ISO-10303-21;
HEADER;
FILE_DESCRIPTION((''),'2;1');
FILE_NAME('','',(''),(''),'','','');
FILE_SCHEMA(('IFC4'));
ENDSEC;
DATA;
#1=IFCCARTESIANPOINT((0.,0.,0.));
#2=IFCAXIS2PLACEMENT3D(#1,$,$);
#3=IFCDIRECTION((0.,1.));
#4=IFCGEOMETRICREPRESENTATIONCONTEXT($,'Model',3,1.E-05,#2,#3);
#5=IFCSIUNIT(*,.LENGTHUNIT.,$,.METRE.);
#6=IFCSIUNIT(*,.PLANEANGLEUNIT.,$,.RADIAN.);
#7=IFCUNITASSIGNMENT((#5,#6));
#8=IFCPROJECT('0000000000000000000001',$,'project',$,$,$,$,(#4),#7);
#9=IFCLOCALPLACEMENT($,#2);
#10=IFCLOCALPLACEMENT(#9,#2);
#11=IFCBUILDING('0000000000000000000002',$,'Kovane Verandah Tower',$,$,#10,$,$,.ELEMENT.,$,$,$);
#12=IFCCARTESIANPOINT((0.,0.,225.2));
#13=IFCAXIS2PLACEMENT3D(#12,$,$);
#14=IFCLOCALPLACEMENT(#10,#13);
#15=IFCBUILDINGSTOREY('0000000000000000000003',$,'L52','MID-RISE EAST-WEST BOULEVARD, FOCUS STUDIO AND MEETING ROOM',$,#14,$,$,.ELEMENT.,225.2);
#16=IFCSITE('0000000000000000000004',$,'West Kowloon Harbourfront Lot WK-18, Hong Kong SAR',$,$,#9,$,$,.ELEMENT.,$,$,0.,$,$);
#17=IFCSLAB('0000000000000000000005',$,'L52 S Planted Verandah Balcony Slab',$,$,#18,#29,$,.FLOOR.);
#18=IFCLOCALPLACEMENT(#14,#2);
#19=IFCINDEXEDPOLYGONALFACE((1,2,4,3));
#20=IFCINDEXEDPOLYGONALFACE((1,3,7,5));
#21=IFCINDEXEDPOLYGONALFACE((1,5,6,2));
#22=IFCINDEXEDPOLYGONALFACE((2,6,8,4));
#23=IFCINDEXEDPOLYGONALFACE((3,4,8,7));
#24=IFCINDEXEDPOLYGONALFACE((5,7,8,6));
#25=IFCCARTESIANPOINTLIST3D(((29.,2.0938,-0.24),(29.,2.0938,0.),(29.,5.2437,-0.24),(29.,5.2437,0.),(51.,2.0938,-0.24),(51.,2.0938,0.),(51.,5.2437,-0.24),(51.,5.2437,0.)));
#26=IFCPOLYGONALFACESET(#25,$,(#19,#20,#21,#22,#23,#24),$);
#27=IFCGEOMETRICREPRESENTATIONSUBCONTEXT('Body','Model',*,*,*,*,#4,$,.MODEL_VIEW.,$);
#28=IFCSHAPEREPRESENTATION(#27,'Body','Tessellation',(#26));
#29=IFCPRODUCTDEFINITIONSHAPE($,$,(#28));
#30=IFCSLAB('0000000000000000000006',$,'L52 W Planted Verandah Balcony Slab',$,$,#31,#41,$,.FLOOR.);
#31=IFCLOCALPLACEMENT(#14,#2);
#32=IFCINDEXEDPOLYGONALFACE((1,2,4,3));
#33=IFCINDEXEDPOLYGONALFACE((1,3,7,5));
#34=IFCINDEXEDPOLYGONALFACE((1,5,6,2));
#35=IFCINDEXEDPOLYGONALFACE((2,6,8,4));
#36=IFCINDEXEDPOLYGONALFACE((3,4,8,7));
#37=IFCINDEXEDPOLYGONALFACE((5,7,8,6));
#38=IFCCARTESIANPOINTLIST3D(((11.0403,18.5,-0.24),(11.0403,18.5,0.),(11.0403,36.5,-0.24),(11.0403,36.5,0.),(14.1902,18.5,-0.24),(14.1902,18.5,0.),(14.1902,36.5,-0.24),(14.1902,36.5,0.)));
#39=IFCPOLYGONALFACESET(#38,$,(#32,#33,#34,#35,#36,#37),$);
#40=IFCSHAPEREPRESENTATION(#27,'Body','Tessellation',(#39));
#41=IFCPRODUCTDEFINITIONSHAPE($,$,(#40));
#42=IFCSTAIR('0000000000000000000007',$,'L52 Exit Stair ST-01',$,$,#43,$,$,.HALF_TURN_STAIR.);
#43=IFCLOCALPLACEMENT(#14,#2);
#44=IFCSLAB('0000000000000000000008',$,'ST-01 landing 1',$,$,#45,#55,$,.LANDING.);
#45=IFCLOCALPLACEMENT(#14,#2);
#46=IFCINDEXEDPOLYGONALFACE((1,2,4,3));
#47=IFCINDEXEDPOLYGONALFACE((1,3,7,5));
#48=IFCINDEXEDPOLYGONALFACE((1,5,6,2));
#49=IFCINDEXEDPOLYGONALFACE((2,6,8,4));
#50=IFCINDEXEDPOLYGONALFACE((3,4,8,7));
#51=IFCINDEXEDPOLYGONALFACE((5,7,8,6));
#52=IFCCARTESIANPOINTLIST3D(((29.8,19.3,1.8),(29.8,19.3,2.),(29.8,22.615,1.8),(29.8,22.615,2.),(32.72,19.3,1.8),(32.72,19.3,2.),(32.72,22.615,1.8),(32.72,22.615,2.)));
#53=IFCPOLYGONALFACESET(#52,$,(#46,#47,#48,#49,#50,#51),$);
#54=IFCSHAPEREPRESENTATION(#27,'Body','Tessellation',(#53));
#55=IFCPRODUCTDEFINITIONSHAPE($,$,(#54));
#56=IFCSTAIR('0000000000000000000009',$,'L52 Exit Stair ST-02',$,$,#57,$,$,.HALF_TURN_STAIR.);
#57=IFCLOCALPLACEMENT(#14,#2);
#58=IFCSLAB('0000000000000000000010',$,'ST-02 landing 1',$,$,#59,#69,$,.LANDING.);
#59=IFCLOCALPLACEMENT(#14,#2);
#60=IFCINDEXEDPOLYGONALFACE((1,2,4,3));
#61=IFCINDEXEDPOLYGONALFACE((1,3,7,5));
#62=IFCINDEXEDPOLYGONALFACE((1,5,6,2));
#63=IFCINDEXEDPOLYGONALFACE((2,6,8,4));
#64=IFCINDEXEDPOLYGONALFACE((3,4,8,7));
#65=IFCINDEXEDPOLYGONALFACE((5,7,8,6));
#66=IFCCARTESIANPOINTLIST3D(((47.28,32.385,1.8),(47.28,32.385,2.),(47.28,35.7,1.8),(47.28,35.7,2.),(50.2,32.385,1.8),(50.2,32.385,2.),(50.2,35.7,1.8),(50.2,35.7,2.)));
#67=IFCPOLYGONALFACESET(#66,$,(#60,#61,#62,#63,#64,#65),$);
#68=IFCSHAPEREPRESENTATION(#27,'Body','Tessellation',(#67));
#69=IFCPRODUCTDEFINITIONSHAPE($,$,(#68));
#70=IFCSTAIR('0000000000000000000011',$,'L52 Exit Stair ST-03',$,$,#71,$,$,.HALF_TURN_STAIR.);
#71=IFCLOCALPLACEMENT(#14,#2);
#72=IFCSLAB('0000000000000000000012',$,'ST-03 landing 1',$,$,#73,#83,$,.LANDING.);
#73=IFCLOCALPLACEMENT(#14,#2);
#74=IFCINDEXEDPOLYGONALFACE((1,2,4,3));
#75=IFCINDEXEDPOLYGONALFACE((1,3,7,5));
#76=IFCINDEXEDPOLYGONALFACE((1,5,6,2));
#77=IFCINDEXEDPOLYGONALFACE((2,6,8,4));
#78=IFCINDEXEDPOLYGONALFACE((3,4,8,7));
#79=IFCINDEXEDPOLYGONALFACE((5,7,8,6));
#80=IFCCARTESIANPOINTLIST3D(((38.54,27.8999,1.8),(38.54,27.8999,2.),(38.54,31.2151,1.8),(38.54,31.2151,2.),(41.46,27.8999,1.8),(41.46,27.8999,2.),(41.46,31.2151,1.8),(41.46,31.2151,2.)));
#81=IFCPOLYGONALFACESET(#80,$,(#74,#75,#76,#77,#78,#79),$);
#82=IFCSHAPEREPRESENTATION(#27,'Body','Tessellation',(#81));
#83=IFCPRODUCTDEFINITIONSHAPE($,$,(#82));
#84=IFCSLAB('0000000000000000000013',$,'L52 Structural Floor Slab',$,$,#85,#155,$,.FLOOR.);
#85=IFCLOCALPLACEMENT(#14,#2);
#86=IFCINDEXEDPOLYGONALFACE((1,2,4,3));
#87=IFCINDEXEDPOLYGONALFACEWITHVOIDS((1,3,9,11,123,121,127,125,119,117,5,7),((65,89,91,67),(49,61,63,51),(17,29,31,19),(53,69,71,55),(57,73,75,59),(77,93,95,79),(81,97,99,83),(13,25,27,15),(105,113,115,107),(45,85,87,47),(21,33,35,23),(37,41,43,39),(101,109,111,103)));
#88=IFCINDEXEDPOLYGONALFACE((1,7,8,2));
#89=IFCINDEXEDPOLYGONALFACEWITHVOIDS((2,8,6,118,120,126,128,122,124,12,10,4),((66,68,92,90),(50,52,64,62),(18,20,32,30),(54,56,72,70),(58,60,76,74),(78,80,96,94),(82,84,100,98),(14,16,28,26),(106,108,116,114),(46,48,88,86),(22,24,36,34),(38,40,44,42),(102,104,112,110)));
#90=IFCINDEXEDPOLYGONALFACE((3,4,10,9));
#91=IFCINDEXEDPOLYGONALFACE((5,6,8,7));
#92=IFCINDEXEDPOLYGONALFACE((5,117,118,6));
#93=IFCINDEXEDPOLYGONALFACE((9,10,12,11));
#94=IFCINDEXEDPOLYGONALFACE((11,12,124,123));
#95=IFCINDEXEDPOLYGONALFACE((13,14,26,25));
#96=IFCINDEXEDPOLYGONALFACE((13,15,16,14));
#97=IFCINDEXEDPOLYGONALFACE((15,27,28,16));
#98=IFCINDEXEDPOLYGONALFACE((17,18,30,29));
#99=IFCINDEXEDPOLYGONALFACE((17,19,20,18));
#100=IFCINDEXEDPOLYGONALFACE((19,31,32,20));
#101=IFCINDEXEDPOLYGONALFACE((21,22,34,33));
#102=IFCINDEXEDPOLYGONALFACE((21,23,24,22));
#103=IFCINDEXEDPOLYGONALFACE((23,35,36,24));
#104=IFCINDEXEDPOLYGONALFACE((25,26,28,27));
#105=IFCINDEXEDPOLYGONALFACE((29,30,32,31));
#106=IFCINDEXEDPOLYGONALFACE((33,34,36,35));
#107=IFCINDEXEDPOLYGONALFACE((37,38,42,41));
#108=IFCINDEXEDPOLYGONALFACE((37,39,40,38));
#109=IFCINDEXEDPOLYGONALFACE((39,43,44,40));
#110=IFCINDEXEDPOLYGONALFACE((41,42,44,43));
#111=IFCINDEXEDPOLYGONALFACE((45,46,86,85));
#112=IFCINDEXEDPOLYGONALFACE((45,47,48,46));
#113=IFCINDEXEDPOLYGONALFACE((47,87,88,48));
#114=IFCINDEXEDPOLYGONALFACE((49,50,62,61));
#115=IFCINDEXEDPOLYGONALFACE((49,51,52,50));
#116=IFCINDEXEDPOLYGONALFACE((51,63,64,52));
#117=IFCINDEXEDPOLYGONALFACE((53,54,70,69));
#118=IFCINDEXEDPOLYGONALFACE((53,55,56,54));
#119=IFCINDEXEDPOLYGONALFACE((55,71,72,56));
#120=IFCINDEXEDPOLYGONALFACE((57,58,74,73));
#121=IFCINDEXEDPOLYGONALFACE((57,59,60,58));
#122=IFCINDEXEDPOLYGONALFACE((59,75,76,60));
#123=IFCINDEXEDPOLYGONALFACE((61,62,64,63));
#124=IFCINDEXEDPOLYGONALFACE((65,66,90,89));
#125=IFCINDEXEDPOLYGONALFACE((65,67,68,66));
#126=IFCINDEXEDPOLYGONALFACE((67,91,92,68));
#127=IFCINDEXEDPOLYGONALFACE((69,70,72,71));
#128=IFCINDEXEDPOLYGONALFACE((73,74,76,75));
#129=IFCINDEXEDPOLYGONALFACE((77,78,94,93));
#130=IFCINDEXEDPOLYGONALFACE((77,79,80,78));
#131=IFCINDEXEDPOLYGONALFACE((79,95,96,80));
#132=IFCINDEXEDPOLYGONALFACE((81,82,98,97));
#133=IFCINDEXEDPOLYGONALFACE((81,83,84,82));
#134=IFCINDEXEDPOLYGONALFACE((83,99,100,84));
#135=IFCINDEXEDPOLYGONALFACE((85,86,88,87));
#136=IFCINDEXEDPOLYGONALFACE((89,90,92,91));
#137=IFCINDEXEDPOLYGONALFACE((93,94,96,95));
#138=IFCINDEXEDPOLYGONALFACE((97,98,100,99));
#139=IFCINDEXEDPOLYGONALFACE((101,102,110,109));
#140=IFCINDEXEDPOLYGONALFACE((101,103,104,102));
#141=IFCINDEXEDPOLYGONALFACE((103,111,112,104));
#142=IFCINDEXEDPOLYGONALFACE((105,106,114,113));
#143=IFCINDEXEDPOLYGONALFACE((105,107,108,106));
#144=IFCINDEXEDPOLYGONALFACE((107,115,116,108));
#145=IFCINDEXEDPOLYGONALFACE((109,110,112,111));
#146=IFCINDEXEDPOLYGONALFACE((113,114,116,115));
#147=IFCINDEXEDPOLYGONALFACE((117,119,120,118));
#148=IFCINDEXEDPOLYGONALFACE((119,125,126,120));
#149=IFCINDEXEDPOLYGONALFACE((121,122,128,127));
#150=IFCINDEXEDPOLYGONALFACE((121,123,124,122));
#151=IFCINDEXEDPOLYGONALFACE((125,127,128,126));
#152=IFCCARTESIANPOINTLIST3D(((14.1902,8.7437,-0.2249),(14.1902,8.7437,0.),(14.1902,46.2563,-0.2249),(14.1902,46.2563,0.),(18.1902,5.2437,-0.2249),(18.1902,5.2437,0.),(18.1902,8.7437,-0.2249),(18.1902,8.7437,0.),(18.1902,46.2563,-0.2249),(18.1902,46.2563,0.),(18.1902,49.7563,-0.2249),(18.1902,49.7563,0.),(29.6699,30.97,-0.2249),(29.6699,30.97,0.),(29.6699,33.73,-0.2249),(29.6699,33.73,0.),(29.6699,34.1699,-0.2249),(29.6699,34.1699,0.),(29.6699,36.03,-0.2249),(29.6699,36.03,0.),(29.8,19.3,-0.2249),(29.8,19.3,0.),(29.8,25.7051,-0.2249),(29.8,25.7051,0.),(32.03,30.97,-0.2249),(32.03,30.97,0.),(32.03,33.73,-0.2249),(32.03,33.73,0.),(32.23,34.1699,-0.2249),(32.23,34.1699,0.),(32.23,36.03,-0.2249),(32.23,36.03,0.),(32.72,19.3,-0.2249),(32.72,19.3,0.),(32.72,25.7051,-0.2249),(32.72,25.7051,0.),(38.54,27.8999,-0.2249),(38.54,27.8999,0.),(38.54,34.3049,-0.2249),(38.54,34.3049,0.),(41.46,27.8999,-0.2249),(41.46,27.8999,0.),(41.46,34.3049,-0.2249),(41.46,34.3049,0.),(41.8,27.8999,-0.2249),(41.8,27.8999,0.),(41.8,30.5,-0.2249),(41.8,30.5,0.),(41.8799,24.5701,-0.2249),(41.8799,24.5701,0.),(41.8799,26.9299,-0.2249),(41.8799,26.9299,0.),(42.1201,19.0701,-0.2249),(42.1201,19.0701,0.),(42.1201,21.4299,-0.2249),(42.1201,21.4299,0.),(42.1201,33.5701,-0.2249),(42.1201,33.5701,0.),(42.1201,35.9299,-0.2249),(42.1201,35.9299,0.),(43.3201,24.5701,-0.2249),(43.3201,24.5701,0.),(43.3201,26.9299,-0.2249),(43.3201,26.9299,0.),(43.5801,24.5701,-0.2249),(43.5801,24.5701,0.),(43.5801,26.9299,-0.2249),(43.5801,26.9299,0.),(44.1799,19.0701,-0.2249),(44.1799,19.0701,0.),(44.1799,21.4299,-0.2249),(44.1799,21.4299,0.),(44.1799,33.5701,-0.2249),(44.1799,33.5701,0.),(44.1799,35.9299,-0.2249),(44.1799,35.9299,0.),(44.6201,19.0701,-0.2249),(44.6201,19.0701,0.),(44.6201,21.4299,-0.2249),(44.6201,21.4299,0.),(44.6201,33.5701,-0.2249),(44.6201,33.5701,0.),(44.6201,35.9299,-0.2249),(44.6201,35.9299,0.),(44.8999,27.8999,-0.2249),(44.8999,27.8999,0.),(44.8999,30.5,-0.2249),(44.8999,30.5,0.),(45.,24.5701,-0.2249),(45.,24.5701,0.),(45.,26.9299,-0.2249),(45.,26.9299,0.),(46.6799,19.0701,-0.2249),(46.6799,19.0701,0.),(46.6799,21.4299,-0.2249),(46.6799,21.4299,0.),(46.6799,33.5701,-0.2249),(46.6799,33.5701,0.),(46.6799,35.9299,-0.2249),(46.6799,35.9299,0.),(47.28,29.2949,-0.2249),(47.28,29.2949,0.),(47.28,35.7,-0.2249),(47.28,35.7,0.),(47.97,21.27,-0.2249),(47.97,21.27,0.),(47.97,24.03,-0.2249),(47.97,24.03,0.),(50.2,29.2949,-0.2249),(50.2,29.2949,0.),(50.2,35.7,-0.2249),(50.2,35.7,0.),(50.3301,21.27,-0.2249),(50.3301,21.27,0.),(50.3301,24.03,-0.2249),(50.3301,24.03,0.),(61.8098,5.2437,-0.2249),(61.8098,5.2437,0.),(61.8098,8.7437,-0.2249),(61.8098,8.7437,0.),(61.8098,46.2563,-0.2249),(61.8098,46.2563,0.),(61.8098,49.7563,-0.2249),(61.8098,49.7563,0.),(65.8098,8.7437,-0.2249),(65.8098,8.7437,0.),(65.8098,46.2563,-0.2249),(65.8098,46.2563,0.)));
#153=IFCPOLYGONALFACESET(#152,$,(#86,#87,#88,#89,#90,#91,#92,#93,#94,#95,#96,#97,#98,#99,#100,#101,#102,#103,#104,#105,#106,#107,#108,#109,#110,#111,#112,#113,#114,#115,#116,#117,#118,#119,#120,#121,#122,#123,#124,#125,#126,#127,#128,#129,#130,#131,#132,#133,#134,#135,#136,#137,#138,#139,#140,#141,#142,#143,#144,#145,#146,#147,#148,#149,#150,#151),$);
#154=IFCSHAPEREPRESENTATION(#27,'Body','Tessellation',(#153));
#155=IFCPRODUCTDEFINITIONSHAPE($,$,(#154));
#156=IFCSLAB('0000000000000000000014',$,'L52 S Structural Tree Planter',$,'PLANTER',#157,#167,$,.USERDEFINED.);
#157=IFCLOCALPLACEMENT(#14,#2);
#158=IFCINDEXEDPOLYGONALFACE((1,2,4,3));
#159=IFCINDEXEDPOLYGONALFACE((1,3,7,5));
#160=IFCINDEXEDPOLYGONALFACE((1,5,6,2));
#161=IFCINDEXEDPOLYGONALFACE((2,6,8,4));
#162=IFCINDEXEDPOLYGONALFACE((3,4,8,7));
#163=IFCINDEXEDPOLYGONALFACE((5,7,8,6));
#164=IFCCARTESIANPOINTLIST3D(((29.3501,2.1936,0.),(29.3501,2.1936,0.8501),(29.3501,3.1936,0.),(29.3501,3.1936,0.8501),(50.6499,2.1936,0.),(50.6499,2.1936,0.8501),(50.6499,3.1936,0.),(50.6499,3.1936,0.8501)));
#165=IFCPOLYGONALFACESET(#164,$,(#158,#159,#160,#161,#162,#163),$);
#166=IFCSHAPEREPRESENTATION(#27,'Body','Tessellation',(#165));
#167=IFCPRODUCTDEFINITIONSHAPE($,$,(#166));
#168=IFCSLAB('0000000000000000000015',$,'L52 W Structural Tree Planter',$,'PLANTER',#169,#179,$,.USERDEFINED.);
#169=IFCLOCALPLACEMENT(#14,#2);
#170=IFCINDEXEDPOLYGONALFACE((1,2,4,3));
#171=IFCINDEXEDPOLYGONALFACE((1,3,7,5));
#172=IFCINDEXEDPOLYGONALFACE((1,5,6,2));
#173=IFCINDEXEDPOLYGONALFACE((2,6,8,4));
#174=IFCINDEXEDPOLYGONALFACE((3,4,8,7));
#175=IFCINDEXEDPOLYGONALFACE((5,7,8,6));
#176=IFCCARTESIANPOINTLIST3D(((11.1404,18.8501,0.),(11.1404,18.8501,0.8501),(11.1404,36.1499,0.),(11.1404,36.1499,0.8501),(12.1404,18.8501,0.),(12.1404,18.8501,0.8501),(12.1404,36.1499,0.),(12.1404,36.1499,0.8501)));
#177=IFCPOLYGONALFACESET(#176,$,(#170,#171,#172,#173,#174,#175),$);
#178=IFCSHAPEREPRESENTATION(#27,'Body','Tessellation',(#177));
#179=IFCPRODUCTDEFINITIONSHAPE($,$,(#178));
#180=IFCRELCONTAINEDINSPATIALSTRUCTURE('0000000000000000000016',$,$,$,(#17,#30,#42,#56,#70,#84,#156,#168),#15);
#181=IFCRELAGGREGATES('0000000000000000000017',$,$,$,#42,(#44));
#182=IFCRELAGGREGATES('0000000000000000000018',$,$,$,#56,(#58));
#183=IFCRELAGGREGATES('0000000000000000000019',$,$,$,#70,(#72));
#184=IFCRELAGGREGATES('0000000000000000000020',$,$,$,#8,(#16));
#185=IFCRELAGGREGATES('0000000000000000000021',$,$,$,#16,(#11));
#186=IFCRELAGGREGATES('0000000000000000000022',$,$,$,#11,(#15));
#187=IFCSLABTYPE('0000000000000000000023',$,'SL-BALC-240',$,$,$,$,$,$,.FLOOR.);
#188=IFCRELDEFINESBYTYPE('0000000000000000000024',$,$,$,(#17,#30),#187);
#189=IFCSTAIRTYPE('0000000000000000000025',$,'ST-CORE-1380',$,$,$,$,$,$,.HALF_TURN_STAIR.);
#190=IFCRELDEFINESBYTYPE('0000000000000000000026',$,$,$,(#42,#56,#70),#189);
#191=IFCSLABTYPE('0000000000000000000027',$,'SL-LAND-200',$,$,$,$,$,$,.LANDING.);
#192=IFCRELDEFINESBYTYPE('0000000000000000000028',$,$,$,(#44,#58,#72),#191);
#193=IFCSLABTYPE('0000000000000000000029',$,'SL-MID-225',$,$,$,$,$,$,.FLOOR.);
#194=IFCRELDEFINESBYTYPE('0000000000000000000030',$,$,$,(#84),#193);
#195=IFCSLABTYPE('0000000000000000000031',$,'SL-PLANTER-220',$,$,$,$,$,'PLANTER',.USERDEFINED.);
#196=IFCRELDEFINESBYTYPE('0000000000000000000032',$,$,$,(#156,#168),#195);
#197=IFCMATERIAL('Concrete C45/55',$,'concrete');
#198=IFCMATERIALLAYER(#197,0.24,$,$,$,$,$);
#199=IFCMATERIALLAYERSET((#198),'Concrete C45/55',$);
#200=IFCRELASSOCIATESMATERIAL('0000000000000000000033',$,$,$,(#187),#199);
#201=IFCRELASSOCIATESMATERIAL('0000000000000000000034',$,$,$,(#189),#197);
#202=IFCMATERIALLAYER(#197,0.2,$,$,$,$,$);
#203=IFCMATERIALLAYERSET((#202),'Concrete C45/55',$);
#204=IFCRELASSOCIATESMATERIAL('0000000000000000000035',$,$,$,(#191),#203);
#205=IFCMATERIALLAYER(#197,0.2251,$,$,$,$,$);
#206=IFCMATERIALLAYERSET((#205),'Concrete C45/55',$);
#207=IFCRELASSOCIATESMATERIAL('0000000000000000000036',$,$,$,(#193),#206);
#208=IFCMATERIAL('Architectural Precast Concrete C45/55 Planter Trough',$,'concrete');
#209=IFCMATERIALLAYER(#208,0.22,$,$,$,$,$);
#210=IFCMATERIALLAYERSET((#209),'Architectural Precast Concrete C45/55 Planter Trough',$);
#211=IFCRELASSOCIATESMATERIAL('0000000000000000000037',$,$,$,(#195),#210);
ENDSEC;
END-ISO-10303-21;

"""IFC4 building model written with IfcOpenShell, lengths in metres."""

from ifc_helpers import new_model, si_unit, direction, frame, origin, place, context, subcontext, project, spatial, polyline, outline, extrude, material, layer, layer_set, type_object, element, aggregate, save


model = new_model("IFC4")

# Units and contexts
model_context = context("Model", 3, precision=1e-05, world=origin(), true_north=direction((0.0, 1.0)))
body_context = subcontext(model_context, "Body", "Model", "MODEL_VIEW")
ifc_project = project(units=[si_unit("LENGTHUNIT", "METRE"), si_unit("PLANEANGLEUNIT", "RADIAN")], contexts=[model_context])

# Site, building, storey
site_placement = place(None, origin())
site = spatial("IfcSite", under=ifc_project, at=site_placement, Name="West Kowloon Harbourfront Lot WK-18, Hong Kong SAR", CompositionType="ELEMENT", RefElevation=0.0)
building_placement = place(site_placement, origin())
building = spatial("IfcBuilding", under=site, at=building_placement, Name="Kovane Verandah Tower", CompositionType="ELEMENT")
storey_placement = place(building_placement, frame((0.0, 0.0, 225.2)))
storey = spatial("IfcBuildingStorey", under=building, at=storey_placement, Name="L52", Description="MID-RISE EAST-WEST BOULEVARD, FOCUS STUDIO AND MEETING ROOM", CompositionType="ELEMENT", Elevation=225.2)

# Slabs
ifc_material_1 = material(Name="Concrete C45/55", Category="concrete")
ifc_layer_1 = layer(ifc_material_1, 0.24)
ifc_layer_set_1 = layer_set([ifc_layer_1], Name="Concrete C45/55")
slab_type_1 = type_object("IfcSlabType", Name="SL-BALC-240", PredefinedType="FLOOR", material=ifc_layer_set_1)
slab_1_placement = place(storey_placement, frame((0.0, 0.0, -0.24)))
element("IfcSlab", 1, at=slab_1_placement, inside=storey, type_object=slab_type_1, Name="L52 S Planted Verandah Balcony Slab", PredefinedType="FLOOR", context=body_context, shape_type="SweptSolid", body=[
    extrude(outline(polyline([(29.0, 2.0938), (51.0, 2.0938), (51.0, 5.2437), (29.0, 5.2437), (29.0, 2.0938)])), origin(), (0.0, 0.0, 1.0), 0.24),
])
slab_2_placement = place(storey_placement, frame((0.0, 0.0, -0.24)))
element("IfcSlab", 2, at=slab_2_placement, inside=storey, type_object=slab_type_1, Name="L52 W Planted Verandah Balcony Slab", PredefinedType="FLOOR", context=body_context, shape_type="SweptSolid", body=[
    extrude(outline(polyline([(11.0403, 18.5), (14.1902, 18.5), (14.1902, 36.5), (11.0403, 36.5), (11.0403, 18.5)])), origin(), (0.0, 0.0, 1.0), 0.24),
])

# Stairs, slabs
stair_type = type_object("IfcStairType", Name="ST-CORE-1380", PredefinedType="HALF_TURN_STAIR", material=ifc_material_1)
stair_1_placement = place(storey_placement, origin())
stair_1 = element("IfcStair", 3, at=stair_1_placement, inside=storey, type_object=stair_type, Name="L52 Exit Stair ST-01", PredefinedType="HALF_TURN_STAIR")
ifc_layer_2 = layer(ifc_material_1, 0.2)
ifc_layer_set_2 = layer_set([ifc_layer_2], Name="Concrete C45/55")
slab_type_2 = type_object("IfcSlabType", Name="SL-LAND-200", PredefinedType="LANDING", material=ifc_layer_set_2)
slab_3_placement = place(storey_placement, frame((0.0, 0.0, 1.8)))
slab_3 = element("IfcSlab", 4, at=slab_3_placement, type_object=slab_type_2, Name="ST-01 landing 1", PredefinedType="LANDING", context=body_context, shape_type="SweptSolid", body=[
    extrude(outline(polyline([(29.8, 22.615), (29.8, 19.3), (32.72, 19.3), (32.72, 22.615), (29.8, 22.615)])), origin(), (0.0, 0.0, 1.0), 0.2),
])
aggregate(stair_1, [slab_3])
stair_2_placement = place(storey_placement, origin())
stair_2 = element("IfcStair", 5, at=stair_2_placement, inside=storey, type_object=stair_type, Name="L52 Exit Stair ST-02", PredefinedType="HALF_TURN_STAIR")
slab_4_placement = place(storey_placement, frame((0.0, 0.0, 1.8)))
slab_4 = element("IfcSlab", 6, at=slab_4_placement, type_object=slab_type_2, Name="ST-02 landing 1", PredefinedType="LANDING", context=body_context, shape_type="SweptSolid", body=[
    extrude(outline(polyline([(50.2, 32.385), (50.2, 35.7), (47.28, 35.7), (47.28, 32.385), (50.2, 32.385)])), origin(), (0.0, 0.0, 1.0), 0.2),
])
aggregate(stair_2, [slab_4])
stair_3_placement = place(storey_placement, origin())
stair_3 = element("IfcStair", 7, at=stair_3_placement, inside=storey, type_object=stair_type, Name="L52 Exit Stair ST-03", PredefinedType="HALF_TURN_STAIR")
slab_5_placement = place(storey_placement, frame((0.0, 0.0, 1.8)))
slab_5 = element("IfcSlab", 8, at=slab_5_placement, type_object=slab_type_2, Name="ST-03 landing 1", PredefinedType="LANDING", context=body_context, shape_type="SweptSolid", body=[
    extrude(outline(polyline([(38.54, 31.2151), (38.54, 27.8999), (41.46, 27.8999), (41.46, 31.2151), (38.54, 31.2151)])), origin(), (0.0, 0.0, 1.0), 0.2),
])
aggregate(stair_3, [slab_5])

# Slabs
ifc_layer_3 = layer(ifc_material_1, 0.2251)
ifc_layer_set_3 = layer_set([ifc_layer_3], Name="Concrete C45/55")
slab_type_3 = type_object("IfcSlabType", Name="SL-MID-225", PredefinedType="FLOOR", material=ifc_layer_set_3)
slab_6_placement = place(storey_placement, frame((0.0, 0.0, -0.2249)))
element("IfcSlab", 9, at=slab_6_placement, inside=storey, type_object=slab_type_3, Name="L52 Structural Floor Slab", PredefinedType="FLOOR", context=body_context, shape_type="SweptSolid", body=[
    extrude(outline(polyline([(18.1902, 5.2437), (61.8098, 5.2437), (61.8098, 8.7437), (65.8098, 8.7437), (65.8098, 46.2563), (61.8098, 46.2563), (61.8098, 49.7563), (18.1902, 49.7563), (18.1902, 46.2563), (14.1902, 46.2563), (14.1902, 8.7437), (18.1902, 8.7437), (18.1902, 5.2437)]), holes=[polyline([(29.8, 19.3), (32.72, 19.3), (32.72, 25.7051), (29.8, 25.7051), (29.8, 19.3)]), polyline([(47.28, 29.2949), (50.2, 29.2949), (50.2, 35.7), (47.28, 35.7), (47.28, 29.2949)]), polyline([(38.54, 27.8999), (41.46, 27.8999), (41.46, 34.3049), (38.54, 34.3049), (38.54, 27.8999)]), polyline([(29.6699, 30.97), (32.03, 30.97), (32.03, 33.73), (29.6699, 33.73), (29.6699, 30.97)]), polyline([(47.97, 21.27), (50.3301, 21.27), (50.3301, 24.03), (47.97, 24.03), (47.97, 21.27)]), polyline([(29.6699, 34.1699), (32.23, 34.1699), (32.23, 36.03), (29.6699, 36.03), (29.6699, 34.1699)]), polyline([(42.1201, 19.0701), (44.1799, 19.0701), (44.1799, 21.4299), (42.1201, 21.4299), (42.1201, 19.0701)]), polyline([(44.6201, 19.0701), (46.6799, 19.0701), (46.6799, 21.4299), (44.6201, 21.4299), (44.6201, 19.0701)]), polyline([(41.8799, 24.5701), (43.3201, 24.5701), (43.3201, 26.9299), (41.8799, 26.9299), (41.8799, 24.5701)]), polyline([(43.5801, 24.5701), (45.0, 24.5701), (45.0, 26.9299), (43.5801, 26.9299), (43.5801, 24.5701)]), polyline([(42.1201, 33.5701), (44.1799, 33.5701), (44.1799, 35.9299), (42.1201, 35.9299), (42.1201, 33.5701)]), polyline([(44.6201, 33.5701), (46.6799, 33.5701), (46.6799, 35.9299), (44.6201, 35.9299), (44.6201, 33.5701)]), polyline([(41.8, 27.8999), (44.8999, 27.8999), (44.8999, 30.5), (41.8, 30.5), (41.8, 27.8999)])]), origin(), (0.0, 0.0, 1.0), 0.2249),
])
ifc_material_2 = material(Name="Architectural Precast Concrete C45/55 Planter Trough", Category="concrete")
ifc_layer_4 = layer(ifc_material_2, 0.22)
ifc_layer_set_4 = layer_set([ifc_layer_4], Name="Architectural Precast Concrete C45/55 Planter Trough")
slab_type_4 = type_object("IfcSlabType", Name="SL-PLANTER-220", ElementType="PLANTER", PredefinedType="USERDEFINED", material=ifc_layer_set_4)
slab_7_placement = place(storey_placement, origin())
element("IfcSlab", 10, at=slab_7_placement, inside=storey, type_object=slab_type_4, Name="L52 S Structural Tree Planter", ObjectType="PLANTER", PredefinedType="USERDEFINED", context=body_context, shape_type="SweptSolid", body=[
    extrude(outline(polyline([(29.3501, 2.1936), (50.6499, 2.1936), (50.6499, 3.1936), (29.3501, 3.1936), (29.3501, 2.1936)])), origin(), (0.0, 0.0, 1.0), 0.8501),
])
slab_8_placement = place(storey_placement, origin())
element("IfcSlab", 11, at=slab_8_placement, inside=storey, type_object=slab_type_4, Name="L52 W Structural Tree Planter", ObjectType="PLANTER", PredefinedType="USERDEFINED", context=body_context, shape_type="SweptSolid", body=[
    extrude(outline(polyline([(11.1404, 18.8501), (12.1404, 18.8501), (12.1404, 36.1499), (11.1404, 36.1499), (11.1404, 18.8501)])), origin(), (0.0, 0.0, 1.0), 0.8501),
])

save(model, "model.ifc")
